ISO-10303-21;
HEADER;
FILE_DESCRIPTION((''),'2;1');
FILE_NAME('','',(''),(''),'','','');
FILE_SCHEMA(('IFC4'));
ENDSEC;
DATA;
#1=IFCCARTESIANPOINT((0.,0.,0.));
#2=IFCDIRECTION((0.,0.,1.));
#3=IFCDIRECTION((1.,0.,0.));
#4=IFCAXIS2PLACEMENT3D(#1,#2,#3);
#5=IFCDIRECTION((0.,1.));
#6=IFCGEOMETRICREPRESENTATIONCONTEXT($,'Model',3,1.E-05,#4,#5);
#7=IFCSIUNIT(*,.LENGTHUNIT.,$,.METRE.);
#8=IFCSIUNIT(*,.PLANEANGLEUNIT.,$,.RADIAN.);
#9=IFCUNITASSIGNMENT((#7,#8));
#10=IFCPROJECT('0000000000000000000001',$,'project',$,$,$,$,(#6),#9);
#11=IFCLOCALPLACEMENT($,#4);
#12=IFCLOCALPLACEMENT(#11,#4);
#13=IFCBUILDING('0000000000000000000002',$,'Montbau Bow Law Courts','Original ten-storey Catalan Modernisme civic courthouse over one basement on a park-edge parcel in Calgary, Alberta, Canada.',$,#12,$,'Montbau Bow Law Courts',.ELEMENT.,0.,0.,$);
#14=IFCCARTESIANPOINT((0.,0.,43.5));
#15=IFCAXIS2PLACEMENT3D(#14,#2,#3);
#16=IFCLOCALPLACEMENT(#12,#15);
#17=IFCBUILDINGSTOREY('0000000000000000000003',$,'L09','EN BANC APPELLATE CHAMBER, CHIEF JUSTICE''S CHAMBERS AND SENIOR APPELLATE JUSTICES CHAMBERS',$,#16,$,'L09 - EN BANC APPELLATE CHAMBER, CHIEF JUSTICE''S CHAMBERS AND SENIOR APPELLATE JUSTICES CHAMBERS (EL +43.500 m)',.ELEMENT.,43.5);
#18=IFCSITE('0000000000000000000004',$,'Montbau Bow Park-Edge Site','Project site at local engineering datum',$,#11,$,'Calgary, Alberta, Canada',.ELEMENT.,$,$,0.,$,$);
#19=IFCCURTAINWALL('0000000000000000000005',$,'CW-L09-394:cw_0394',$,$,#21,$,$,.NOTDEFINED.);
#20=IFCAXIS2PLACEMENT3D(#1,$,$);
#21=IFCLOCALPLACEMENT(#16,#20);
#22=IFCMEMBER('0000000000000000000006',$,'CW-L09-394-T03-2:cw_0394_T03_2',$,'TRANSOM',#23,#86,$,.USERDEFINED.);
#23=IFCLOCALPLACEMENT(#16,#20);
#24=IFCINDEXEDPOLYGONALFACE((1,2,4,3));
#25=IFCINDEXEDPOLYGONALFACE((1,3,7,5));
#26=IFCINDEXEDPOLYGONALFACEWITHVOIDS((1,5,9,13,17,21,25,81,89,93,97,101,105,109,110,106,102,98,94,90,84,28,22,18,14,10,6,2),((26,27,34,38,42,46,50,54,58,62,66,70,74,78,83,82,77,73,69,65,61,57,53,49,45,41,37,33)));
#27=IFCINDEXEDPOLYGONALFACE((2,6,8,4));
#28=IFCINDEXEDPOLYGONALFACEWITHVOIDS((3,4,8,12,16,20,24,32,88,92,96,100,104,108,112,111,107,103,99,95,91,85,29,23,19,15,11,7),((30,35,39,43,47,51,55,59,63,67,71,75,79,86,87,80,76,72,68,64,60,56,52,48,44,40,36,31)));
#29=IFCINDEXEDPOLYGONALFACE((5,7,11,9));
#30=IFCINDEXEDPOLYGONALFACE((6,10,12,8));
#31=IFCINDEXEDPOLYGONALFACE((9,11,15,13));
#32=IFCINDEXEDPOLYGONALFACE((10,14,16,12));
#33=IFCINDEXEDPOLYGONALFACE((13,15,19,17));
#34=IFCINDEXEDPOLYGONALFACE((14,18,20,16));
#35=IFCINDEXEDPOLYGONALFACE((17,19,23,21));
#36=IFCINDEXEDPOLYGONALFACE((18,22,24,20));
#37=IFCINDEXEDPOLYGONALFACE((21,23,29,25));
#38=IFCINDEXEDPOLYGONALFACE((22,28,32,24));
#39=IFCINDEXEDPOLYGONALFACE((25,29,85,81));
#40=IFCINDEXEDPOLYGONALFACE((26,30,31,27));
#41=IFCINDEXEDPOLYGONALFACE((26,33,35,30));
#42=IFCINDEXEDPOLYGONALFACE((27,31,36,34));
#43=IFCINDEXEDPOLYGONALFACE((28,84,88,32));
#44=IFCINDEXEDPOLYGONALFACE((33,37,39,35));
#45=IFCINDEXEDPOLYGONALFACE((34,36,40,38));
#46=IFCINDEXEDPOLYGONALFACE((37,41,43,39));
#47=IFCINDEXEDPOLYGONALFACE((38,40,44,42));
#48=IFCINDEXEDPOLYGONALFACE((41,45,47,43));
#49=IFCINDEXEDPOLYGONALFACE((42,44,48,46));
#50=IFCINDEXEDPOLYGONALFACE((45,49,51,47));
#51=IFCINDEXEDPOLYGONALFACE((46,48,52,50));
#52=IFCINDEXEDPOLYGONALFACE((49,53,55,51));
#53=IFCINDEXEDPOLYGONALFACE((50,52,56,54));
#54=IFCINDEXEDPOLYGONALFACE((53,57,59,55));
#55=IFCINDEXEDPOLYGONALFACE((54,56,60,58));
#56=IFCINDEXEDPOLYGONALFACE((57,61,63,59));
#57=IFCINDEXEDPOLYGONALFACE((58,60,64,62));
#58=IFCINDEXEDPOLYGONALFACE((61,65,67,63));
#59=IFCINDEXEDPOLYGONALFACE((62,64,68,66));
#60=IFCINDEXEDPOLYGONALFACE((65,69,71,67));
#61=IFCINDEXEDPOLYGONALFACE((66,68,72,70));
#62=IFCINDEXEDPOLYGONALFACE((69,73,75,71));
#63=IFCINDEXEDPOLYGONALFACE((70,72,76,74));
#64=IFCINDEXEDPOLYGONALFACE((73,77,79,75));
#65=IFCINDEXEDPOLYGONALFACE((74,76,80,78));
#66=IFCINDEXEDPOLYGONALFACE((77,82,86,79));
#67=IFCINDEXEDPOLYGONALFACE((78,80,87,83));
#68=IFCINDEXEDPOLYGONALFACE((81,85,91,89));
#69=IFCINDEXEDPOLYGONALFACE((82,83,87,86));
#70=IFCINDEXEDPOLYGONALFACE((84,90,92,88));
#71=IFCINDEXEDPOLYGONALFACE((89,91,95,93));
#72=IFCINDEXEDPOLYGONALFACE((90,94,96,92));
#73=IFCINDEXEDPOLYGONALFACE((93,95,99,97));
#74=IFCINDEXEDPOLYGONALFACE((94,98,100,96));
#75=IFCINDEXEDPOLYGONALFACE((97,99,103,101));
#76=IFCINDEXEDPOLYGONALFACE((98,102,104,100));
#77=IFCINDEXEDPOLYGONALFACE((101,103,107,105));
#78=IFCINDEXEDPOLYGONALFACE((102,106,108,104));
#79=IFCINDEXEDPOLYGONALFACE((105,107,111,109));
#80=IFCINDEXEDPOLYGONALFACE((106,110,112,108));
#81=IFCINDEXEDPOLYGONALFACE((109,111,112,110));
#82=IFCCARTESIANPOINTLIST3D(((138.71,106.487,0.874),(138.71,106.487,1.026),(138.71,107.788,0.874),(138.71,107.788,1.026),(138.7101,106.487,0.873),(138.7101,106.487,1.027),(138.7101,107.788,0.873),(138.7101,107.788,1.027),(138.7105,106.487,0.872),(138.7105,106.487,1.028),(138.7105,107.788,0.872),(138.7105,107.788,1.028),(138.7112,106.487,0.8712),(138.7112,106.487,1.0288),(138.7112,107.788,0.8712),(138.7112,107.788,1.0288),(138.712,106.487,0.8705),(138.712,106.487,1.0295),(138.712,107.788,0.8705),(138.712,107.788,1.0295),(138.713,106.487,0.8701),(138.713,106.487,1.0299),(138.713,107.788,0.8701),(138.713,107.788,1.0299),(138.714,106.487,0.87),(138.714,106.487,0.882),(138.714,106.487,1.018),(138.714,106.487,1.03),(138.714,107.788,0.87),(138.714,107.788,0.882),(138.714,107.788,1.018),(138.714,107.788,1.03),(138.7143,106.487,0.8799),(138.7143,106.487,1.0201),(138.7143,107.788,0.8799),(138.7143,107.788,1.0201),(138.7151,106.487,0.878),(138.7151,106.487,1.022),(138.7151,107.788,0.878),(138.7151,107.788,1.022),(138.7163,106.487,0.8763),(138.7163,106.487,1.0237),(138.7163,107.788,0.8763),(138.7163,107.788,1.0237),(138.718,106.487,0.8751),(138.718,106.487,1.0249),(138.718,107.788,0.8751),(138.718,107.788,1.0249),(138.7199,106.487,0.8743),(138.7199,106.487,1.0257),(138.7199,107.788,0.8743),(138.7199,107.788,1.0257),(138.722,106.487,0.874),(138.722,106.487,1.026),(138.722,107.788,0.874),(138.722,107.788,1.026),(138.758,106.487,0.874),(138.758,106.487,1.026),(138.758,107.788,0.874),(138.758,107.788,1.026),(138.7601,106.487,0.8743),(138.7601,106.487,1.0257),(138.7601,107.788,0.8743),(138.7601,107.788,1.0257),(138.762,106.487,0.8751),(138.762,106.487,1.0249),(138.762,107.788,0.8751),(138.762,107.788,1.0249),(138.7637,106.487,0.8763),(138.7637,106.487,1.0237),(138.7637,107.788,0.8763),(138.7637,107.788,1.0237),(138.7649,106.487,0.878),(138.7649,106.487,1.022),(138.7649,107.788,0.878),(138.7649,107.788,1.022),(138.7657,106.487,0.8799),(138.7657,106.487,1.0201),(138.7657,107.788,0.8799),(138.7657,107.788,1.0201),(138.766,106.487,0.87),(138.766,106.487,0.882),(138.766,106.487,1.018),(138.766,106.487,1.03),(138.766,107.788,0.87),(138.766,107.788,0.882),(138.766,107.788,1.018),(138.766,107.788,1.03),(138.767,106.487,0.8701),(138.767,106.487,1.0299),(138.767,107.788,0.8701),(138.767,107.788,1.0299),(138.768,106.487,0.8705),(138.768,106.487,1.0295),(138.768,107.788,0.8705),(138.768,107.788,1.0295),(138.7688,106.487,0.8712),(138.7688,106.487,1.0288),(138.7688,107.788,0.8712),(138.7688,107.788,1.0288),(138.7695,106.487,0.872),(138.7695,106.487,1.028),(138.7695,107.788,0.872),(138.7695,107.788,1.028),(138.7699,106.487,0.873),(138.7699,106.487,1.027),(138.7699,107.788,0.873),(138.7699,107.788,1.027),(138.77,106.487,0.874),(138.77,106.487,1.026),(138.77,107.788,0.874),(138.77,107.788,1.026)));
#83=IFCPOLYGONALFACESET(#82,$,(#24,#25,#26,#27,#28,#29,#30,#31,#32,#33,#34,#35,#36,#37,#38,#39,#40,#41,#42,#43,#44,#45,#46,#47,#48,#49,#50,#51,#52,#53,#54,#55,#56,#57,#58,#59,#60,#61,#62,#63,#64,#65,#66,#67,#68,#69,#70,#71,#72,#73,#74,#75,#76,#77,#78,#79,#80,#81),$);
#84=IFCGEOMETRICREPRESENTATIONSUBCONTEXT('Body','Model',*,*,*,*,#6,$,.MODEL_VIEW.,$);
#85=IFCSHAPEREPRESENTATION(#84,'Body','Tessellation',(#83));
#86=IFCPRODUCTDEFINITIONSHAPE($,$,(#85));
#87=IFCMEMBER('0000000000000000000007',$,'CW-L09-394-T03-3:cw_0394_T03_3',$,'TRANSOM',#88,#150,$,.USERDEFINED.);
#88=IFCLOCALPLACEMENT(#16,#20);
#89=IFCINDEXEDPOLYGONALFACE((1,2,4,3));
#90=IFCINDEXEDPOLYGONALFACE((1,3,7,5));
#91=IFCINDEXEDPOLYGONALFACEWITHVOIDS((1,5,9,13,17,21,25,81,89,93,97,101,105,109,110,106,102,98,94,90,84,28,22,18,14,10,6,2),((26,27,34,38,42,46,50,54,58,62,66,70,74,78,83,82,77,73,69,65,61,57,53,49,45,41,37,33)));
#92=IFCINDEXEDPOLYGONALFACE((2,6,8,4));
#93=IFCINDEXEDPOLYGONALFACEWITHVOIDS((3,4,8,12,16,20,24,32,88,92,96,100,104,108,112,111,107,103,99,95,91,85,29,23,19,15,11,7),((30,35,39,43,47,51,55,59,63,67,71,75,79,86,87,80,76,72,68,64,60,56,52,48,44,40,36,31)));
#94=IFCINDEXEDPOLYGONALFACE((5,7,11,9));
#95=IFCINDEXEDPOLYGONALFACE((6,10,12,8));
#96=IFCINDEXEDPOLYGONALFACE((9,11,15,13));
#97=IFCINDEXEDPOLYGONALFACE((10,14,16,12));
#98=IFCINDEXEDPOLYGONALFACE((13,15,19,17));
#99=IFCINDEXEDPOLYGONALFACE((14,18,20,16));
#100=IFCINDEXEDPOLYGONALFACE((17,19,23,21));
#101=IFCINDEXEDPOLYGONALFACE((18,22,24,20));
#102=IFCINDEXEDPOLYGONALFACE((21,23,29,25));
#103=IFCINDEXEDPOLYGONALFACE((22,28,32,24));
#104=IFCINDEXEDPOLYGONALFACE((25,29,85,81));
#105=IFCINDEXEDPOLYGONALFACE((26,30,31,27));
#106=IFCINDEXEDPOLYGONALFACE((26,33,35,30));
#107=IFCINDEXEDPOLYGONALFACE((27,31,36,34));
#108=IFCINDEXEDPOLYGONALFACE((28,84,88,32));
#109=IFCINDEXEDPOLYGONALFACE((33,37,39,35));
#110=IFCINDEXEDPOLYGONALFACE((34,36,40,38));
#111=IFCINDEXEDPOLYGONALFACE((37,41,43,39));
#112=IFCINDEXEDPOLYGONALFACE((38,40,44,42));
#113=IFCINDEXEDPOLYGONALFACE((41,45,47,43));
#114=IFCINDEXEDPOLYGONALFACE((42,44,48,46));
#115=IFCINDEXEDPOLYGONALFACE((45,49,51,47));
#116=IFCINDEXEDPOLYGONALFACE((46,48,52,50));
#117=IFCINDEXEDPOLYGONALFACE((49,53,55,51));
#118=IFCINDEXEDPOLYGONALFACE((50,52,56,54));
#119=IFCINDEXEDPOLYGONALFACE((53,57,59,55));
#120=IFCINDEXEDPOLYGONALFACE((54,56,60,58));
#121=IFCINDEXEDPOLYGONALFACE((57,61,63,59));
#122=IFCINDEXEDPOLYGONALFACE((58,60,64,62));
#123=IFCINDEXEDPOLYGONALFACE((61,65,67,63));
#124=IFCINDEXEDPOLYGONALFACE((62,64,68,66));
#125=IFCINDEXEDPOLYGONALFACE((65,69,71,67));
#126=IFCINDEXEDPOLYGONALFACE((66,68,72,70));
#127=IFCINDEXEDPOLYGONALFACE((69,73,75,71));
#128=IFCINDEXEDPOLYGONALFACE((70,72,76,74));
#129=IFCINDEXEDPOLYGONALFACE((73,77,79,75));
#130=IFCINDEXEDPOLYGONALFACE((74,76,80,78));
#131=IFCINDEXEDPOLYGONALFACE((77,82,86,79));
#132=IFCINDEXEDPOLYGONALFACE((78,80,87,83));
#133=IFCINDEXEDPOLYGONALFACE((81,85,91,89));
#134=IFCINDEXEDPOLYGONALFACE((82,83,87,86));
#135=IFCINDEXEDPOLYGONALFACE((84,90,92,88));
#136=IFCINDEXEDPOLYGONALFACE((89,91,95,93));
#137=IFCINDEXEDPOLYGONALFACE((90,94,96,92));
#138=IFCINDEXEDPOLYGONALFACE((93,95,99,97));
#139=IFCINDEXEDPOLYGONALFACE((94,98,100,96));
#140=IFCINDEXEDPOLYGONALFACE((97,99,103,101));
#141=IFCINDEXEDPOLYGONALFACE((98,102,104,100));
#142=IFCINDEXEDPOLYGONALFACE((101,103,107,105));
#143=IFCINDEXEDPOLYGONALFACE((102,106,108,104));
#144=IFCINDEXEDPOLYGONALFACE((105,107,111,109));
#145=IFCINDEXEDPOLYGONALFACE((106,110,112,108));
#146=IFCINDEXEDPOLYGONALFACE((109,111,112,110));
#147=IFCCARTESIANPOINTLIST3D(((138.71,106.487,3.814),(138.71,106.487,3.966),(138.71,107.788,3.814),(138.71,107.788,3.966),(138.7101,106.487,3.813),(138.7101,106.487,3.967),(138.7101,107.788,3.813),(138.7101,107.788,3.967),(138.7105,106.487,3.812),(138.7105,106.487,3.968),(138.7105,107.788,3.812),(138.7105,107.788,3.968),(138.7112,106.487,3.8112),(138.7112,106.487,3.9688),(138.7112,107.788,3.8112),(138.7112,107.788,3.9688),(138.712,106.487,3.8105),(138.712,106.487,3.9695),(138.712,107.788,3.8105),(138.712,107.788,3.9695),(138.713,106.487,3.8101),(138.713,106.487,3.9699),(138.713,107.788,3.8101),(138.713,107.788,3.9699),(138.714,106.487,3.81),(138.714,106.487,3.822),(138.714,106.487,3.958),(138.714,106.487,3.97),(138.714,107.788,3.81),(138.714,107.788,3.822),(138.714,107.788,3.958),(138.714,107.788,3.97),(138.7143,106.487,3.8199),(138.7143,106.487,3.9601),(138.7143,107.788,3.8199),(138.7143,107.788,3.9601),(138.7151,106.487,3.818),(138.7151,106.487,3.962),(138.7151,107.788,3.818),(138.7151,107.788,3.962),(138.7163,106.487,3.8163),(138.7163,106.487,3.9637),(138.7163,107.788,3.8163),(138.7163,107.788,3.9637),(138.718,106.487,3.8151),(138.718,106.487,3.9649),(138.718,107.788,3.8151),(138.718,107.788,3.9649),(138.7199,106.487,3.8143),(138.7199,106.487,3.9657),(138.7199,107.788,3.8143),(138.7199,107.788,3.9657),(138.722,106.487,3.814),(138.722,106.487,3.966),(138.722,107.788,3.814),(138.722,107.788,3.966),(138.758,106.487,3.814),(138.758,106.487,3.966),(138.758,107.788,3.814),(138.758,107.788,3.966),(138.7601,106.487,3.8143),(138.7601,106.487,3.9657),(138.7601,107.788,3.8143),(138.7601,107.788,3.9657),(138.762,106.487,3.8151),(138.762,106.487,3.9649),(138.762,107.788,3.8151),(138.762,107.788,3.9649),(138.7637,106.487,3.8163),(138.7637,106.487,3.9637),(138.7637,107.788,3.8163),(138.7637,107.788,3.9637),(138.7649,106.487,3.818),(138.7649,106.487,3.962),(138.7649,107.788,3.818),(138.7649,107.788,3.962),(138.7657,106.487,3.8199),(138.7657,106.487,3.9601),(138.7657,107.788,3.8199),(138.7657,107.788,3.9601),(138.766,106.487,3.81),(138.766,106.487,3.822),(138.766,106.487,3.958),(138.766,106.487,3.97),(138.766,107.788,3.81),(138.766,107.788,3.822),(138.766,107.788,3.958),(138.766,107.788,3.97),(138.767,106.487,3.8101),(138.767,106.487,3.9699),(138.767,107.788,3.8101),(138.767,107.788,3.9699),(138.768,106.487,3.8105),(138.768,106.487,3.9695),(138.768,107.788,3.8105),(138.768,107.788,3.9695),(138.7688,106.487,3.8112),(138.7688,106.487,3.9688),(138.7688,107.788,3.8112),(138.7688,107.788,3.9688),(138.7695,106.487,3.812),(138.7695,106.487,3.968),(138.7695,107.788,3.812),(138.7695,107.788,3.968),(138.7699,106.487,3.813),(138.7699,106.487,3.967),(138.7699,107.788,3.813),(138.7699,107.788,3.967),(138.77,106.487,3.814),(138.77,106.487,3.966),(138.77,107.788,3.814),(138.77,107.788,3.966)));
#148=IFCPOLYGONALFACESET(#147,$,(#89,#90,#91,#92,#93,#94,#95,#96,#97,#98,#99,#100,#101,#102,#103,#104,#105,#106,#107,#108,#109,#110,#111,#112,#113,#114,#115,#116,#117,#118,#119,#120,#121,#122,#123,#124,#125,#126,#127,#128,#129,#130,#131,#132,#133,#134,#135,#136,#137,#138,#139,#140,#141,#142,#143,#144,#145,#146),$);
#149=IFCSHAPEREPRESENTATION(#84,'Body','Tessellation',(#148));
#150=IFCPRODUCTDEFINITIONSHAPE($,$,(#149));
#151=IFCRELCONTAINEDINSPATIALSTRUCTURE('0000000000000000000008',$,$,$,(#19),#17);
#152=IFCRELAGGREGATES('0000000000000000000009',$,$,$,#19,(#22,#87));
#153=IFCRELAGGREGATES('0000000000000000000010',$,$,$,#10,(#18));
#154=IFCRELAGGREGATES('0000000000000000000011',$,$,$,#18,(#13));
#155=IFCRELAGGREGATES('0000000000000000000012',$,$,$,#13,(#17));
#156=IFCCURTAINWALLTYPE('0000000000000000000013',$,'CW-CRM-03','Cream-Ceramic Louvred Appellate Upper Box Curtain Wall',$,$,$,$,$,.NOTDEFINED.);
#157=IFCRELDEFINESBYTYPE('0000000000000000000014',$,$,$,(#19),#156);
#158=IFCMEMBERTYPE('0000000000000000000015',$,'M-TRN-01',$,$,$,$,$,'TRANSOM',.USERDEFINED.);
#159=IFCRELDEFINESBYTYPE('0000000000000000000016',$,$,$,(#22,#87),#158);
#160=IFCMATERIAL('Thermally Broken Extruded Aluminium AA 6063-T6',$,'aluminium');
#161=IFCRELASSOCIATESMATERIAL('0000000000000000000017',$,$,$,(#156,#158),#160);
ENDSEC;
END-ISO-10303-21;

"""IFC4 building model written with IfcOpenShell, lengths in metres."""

from ifc_helpers import new_model, si_unit, direction, frame, origin_with_axes, origin_2d_with_axis, place, context, subcontext, project, spatial, hollow_rectangle, extrude, material, material_profile, profile_set, type_object, element, aggregate, save


model = new_model("IFC4")

# Units and contexts
model_context = context("Model", 3, precision=1e-05, world=origin_with_axes(), true_north=direction((0.0, 1.0)))
body_context = subcontext(model_context, "Body", "Model", "MODEL_VIEW")
ifc_project = project(units=[si_unit("LENGTHUNIT", "METRE"), si_unit("PLANEANGLEUNIT", "RADIAN")], contexts=[model_context])

# Site, building, storey
site_placement = place(None, origin_with_axes())
site = spatial("IfcSite", under=ifc_project, at=site_placement, Name="Montbau Bow Park-Edge Site", Description="Project site at local engineering datum", LongName="Calgary, Alberta, Canada", CompositionType="ELEMENT", RefElevation=0.0)
building_placement = place(site_placement, origin_with_axes())
building = spatial("IfcBuilding", under=site, at=building_placement, Name="Montbau Bow Law Courts", Description="Original ten-storey Catalan Modernisme civic courthouse over one basement on a park-edge parcel in Calgary, Alberta, Canada.", LongName="Montbau Bow Law Courts", CompositionType="ELEMENT", ElevationOfRefHeight=0.0, ElevationOfTerrain=0.0)
storey_placement = place(building_placement, frame((0.0, 0.0, 43.5), z_axis=(0.0, 0.0, 1.0), x_axis=(1.0, 0.0, 0.0)))
storey = spatial("IfcBuildingStorey", under=building, at=storey_placement, Name="L09", Description="EN BANC APPELLATE CHAMBER, CHIEF JUSTICE'S CHAMBERS AND SENIOR APPELLATE JUSTICES CHAMBERS", LongName="L09 - EN BANC APPELLATE CHAMBER, CHIEF JUSTICE'S CHAMBERS AND SENIOR APPELLATE JUSTICES CHAMBERS (EL +43.500 m)", CompositionType="ELEMENT", Elevation=43.5)

# Shared definitions
ifc_material_1 = material(Name="Thermally Broken Extruded Aluminium AA 6063-T6", Category="aluminium")
curtain_wall_type = type_object("IfcCurtainWallType", Name="CW-CRM-03", Description="Cream-Ceramic Louvred Appellate Upper Box Curtain Wall", PredefinedType="NOTDEFINED", material=ifc_material_1)

# Curtain wall, members
curtain_wall_1_placement = place(None, frame((138.74, 103.715, 43.5), z_axis=(0.0, 0.0, 1.0), x_axis=(1.0, 0.0, 0.0)))
curtain_wall_1 = element("IfcCurtainWall", 1, at=curtain_wall_1_placement, inside=storey, type_object=curtain_wall_type, Name="CW-L09-394:cw_0394", PredefinedType="NOTDEFINED")
ifc_material_profile_1 = material_profile(ifc_material_1, hollow_rectangle(XDim=0.06, YDim=0.16, WallThickness=0.004, InnerFilletRadius=0.008, OuterFilletRadius=0.004, at=origin_2d_with_axis()), Name="CWT-160X60", Category="Main", Priority=0)
ifc_profile_set_1 = profile_set([ifc_material_profile_1], Name="Thermally Broken Extruded Aluminium AA 6063-T6")
member_type_1 = type_object("IfcMemberType", Name="M-TRN-01", ElementType="TRANSOM", PredefinedType="USERDEFINED", material=ifc_profile_set_1)
member_1_placement = place(None, frame((138.74, 106.487, 44.45), z_axis=(0.0, 1.0, 0.0), x_axis=(-1.0, 0.0, 0.0)))
member_1 = element("IfcMember", 2, at=member_1_placement, type_object=member_type_1, Name="CW-L09-394-T03-2:cw_0394_T03_2", ObjectType="TRANSOM", PredefinedType="USERDEFINED", context=body_context, shape_type="SweptSolid", body=[
    extrude(hollow_rectangle(XDim=0.06, YDim=0.16, WallThickness=0.004, InnerFilletRadius=0.008, OuterFilletRadius=0.004, at=origin_2d_with_axis()), origin_with_axes(), (0.0, 0.0, 1.0), 1.301),
])
member_2_placement = place(None, frame((138.74, 106.487, 47.39), z_axis=(0.0, 1.0, 0.0), x_axis=(-1.0, 0.0, 0.0)))
member_2 = element("IfcMember", 3, at=member_2_placement, type_object=member_type_1, Name="CW-L09-394-T03-3:cw_0394_T03_3", ObjectType="TRANSOM", PredefinedType="USERDEFINED", context=body_context, shape_type="SweptSolid", body=[
    extrude(hollow_rectangle(XDim=0.06, YDim=0.16, WallThickness=0.004, InnerFilletRadius=0.008, OuterFilletRadius=0.004, at=origin_2d_with_axis()), origin_with_axes(), (0.0, 0.0, 1.0), 1.301),
])

aggregate(curtain_wall_1, [member_1, member_2])

save(model, "model.ifc")
